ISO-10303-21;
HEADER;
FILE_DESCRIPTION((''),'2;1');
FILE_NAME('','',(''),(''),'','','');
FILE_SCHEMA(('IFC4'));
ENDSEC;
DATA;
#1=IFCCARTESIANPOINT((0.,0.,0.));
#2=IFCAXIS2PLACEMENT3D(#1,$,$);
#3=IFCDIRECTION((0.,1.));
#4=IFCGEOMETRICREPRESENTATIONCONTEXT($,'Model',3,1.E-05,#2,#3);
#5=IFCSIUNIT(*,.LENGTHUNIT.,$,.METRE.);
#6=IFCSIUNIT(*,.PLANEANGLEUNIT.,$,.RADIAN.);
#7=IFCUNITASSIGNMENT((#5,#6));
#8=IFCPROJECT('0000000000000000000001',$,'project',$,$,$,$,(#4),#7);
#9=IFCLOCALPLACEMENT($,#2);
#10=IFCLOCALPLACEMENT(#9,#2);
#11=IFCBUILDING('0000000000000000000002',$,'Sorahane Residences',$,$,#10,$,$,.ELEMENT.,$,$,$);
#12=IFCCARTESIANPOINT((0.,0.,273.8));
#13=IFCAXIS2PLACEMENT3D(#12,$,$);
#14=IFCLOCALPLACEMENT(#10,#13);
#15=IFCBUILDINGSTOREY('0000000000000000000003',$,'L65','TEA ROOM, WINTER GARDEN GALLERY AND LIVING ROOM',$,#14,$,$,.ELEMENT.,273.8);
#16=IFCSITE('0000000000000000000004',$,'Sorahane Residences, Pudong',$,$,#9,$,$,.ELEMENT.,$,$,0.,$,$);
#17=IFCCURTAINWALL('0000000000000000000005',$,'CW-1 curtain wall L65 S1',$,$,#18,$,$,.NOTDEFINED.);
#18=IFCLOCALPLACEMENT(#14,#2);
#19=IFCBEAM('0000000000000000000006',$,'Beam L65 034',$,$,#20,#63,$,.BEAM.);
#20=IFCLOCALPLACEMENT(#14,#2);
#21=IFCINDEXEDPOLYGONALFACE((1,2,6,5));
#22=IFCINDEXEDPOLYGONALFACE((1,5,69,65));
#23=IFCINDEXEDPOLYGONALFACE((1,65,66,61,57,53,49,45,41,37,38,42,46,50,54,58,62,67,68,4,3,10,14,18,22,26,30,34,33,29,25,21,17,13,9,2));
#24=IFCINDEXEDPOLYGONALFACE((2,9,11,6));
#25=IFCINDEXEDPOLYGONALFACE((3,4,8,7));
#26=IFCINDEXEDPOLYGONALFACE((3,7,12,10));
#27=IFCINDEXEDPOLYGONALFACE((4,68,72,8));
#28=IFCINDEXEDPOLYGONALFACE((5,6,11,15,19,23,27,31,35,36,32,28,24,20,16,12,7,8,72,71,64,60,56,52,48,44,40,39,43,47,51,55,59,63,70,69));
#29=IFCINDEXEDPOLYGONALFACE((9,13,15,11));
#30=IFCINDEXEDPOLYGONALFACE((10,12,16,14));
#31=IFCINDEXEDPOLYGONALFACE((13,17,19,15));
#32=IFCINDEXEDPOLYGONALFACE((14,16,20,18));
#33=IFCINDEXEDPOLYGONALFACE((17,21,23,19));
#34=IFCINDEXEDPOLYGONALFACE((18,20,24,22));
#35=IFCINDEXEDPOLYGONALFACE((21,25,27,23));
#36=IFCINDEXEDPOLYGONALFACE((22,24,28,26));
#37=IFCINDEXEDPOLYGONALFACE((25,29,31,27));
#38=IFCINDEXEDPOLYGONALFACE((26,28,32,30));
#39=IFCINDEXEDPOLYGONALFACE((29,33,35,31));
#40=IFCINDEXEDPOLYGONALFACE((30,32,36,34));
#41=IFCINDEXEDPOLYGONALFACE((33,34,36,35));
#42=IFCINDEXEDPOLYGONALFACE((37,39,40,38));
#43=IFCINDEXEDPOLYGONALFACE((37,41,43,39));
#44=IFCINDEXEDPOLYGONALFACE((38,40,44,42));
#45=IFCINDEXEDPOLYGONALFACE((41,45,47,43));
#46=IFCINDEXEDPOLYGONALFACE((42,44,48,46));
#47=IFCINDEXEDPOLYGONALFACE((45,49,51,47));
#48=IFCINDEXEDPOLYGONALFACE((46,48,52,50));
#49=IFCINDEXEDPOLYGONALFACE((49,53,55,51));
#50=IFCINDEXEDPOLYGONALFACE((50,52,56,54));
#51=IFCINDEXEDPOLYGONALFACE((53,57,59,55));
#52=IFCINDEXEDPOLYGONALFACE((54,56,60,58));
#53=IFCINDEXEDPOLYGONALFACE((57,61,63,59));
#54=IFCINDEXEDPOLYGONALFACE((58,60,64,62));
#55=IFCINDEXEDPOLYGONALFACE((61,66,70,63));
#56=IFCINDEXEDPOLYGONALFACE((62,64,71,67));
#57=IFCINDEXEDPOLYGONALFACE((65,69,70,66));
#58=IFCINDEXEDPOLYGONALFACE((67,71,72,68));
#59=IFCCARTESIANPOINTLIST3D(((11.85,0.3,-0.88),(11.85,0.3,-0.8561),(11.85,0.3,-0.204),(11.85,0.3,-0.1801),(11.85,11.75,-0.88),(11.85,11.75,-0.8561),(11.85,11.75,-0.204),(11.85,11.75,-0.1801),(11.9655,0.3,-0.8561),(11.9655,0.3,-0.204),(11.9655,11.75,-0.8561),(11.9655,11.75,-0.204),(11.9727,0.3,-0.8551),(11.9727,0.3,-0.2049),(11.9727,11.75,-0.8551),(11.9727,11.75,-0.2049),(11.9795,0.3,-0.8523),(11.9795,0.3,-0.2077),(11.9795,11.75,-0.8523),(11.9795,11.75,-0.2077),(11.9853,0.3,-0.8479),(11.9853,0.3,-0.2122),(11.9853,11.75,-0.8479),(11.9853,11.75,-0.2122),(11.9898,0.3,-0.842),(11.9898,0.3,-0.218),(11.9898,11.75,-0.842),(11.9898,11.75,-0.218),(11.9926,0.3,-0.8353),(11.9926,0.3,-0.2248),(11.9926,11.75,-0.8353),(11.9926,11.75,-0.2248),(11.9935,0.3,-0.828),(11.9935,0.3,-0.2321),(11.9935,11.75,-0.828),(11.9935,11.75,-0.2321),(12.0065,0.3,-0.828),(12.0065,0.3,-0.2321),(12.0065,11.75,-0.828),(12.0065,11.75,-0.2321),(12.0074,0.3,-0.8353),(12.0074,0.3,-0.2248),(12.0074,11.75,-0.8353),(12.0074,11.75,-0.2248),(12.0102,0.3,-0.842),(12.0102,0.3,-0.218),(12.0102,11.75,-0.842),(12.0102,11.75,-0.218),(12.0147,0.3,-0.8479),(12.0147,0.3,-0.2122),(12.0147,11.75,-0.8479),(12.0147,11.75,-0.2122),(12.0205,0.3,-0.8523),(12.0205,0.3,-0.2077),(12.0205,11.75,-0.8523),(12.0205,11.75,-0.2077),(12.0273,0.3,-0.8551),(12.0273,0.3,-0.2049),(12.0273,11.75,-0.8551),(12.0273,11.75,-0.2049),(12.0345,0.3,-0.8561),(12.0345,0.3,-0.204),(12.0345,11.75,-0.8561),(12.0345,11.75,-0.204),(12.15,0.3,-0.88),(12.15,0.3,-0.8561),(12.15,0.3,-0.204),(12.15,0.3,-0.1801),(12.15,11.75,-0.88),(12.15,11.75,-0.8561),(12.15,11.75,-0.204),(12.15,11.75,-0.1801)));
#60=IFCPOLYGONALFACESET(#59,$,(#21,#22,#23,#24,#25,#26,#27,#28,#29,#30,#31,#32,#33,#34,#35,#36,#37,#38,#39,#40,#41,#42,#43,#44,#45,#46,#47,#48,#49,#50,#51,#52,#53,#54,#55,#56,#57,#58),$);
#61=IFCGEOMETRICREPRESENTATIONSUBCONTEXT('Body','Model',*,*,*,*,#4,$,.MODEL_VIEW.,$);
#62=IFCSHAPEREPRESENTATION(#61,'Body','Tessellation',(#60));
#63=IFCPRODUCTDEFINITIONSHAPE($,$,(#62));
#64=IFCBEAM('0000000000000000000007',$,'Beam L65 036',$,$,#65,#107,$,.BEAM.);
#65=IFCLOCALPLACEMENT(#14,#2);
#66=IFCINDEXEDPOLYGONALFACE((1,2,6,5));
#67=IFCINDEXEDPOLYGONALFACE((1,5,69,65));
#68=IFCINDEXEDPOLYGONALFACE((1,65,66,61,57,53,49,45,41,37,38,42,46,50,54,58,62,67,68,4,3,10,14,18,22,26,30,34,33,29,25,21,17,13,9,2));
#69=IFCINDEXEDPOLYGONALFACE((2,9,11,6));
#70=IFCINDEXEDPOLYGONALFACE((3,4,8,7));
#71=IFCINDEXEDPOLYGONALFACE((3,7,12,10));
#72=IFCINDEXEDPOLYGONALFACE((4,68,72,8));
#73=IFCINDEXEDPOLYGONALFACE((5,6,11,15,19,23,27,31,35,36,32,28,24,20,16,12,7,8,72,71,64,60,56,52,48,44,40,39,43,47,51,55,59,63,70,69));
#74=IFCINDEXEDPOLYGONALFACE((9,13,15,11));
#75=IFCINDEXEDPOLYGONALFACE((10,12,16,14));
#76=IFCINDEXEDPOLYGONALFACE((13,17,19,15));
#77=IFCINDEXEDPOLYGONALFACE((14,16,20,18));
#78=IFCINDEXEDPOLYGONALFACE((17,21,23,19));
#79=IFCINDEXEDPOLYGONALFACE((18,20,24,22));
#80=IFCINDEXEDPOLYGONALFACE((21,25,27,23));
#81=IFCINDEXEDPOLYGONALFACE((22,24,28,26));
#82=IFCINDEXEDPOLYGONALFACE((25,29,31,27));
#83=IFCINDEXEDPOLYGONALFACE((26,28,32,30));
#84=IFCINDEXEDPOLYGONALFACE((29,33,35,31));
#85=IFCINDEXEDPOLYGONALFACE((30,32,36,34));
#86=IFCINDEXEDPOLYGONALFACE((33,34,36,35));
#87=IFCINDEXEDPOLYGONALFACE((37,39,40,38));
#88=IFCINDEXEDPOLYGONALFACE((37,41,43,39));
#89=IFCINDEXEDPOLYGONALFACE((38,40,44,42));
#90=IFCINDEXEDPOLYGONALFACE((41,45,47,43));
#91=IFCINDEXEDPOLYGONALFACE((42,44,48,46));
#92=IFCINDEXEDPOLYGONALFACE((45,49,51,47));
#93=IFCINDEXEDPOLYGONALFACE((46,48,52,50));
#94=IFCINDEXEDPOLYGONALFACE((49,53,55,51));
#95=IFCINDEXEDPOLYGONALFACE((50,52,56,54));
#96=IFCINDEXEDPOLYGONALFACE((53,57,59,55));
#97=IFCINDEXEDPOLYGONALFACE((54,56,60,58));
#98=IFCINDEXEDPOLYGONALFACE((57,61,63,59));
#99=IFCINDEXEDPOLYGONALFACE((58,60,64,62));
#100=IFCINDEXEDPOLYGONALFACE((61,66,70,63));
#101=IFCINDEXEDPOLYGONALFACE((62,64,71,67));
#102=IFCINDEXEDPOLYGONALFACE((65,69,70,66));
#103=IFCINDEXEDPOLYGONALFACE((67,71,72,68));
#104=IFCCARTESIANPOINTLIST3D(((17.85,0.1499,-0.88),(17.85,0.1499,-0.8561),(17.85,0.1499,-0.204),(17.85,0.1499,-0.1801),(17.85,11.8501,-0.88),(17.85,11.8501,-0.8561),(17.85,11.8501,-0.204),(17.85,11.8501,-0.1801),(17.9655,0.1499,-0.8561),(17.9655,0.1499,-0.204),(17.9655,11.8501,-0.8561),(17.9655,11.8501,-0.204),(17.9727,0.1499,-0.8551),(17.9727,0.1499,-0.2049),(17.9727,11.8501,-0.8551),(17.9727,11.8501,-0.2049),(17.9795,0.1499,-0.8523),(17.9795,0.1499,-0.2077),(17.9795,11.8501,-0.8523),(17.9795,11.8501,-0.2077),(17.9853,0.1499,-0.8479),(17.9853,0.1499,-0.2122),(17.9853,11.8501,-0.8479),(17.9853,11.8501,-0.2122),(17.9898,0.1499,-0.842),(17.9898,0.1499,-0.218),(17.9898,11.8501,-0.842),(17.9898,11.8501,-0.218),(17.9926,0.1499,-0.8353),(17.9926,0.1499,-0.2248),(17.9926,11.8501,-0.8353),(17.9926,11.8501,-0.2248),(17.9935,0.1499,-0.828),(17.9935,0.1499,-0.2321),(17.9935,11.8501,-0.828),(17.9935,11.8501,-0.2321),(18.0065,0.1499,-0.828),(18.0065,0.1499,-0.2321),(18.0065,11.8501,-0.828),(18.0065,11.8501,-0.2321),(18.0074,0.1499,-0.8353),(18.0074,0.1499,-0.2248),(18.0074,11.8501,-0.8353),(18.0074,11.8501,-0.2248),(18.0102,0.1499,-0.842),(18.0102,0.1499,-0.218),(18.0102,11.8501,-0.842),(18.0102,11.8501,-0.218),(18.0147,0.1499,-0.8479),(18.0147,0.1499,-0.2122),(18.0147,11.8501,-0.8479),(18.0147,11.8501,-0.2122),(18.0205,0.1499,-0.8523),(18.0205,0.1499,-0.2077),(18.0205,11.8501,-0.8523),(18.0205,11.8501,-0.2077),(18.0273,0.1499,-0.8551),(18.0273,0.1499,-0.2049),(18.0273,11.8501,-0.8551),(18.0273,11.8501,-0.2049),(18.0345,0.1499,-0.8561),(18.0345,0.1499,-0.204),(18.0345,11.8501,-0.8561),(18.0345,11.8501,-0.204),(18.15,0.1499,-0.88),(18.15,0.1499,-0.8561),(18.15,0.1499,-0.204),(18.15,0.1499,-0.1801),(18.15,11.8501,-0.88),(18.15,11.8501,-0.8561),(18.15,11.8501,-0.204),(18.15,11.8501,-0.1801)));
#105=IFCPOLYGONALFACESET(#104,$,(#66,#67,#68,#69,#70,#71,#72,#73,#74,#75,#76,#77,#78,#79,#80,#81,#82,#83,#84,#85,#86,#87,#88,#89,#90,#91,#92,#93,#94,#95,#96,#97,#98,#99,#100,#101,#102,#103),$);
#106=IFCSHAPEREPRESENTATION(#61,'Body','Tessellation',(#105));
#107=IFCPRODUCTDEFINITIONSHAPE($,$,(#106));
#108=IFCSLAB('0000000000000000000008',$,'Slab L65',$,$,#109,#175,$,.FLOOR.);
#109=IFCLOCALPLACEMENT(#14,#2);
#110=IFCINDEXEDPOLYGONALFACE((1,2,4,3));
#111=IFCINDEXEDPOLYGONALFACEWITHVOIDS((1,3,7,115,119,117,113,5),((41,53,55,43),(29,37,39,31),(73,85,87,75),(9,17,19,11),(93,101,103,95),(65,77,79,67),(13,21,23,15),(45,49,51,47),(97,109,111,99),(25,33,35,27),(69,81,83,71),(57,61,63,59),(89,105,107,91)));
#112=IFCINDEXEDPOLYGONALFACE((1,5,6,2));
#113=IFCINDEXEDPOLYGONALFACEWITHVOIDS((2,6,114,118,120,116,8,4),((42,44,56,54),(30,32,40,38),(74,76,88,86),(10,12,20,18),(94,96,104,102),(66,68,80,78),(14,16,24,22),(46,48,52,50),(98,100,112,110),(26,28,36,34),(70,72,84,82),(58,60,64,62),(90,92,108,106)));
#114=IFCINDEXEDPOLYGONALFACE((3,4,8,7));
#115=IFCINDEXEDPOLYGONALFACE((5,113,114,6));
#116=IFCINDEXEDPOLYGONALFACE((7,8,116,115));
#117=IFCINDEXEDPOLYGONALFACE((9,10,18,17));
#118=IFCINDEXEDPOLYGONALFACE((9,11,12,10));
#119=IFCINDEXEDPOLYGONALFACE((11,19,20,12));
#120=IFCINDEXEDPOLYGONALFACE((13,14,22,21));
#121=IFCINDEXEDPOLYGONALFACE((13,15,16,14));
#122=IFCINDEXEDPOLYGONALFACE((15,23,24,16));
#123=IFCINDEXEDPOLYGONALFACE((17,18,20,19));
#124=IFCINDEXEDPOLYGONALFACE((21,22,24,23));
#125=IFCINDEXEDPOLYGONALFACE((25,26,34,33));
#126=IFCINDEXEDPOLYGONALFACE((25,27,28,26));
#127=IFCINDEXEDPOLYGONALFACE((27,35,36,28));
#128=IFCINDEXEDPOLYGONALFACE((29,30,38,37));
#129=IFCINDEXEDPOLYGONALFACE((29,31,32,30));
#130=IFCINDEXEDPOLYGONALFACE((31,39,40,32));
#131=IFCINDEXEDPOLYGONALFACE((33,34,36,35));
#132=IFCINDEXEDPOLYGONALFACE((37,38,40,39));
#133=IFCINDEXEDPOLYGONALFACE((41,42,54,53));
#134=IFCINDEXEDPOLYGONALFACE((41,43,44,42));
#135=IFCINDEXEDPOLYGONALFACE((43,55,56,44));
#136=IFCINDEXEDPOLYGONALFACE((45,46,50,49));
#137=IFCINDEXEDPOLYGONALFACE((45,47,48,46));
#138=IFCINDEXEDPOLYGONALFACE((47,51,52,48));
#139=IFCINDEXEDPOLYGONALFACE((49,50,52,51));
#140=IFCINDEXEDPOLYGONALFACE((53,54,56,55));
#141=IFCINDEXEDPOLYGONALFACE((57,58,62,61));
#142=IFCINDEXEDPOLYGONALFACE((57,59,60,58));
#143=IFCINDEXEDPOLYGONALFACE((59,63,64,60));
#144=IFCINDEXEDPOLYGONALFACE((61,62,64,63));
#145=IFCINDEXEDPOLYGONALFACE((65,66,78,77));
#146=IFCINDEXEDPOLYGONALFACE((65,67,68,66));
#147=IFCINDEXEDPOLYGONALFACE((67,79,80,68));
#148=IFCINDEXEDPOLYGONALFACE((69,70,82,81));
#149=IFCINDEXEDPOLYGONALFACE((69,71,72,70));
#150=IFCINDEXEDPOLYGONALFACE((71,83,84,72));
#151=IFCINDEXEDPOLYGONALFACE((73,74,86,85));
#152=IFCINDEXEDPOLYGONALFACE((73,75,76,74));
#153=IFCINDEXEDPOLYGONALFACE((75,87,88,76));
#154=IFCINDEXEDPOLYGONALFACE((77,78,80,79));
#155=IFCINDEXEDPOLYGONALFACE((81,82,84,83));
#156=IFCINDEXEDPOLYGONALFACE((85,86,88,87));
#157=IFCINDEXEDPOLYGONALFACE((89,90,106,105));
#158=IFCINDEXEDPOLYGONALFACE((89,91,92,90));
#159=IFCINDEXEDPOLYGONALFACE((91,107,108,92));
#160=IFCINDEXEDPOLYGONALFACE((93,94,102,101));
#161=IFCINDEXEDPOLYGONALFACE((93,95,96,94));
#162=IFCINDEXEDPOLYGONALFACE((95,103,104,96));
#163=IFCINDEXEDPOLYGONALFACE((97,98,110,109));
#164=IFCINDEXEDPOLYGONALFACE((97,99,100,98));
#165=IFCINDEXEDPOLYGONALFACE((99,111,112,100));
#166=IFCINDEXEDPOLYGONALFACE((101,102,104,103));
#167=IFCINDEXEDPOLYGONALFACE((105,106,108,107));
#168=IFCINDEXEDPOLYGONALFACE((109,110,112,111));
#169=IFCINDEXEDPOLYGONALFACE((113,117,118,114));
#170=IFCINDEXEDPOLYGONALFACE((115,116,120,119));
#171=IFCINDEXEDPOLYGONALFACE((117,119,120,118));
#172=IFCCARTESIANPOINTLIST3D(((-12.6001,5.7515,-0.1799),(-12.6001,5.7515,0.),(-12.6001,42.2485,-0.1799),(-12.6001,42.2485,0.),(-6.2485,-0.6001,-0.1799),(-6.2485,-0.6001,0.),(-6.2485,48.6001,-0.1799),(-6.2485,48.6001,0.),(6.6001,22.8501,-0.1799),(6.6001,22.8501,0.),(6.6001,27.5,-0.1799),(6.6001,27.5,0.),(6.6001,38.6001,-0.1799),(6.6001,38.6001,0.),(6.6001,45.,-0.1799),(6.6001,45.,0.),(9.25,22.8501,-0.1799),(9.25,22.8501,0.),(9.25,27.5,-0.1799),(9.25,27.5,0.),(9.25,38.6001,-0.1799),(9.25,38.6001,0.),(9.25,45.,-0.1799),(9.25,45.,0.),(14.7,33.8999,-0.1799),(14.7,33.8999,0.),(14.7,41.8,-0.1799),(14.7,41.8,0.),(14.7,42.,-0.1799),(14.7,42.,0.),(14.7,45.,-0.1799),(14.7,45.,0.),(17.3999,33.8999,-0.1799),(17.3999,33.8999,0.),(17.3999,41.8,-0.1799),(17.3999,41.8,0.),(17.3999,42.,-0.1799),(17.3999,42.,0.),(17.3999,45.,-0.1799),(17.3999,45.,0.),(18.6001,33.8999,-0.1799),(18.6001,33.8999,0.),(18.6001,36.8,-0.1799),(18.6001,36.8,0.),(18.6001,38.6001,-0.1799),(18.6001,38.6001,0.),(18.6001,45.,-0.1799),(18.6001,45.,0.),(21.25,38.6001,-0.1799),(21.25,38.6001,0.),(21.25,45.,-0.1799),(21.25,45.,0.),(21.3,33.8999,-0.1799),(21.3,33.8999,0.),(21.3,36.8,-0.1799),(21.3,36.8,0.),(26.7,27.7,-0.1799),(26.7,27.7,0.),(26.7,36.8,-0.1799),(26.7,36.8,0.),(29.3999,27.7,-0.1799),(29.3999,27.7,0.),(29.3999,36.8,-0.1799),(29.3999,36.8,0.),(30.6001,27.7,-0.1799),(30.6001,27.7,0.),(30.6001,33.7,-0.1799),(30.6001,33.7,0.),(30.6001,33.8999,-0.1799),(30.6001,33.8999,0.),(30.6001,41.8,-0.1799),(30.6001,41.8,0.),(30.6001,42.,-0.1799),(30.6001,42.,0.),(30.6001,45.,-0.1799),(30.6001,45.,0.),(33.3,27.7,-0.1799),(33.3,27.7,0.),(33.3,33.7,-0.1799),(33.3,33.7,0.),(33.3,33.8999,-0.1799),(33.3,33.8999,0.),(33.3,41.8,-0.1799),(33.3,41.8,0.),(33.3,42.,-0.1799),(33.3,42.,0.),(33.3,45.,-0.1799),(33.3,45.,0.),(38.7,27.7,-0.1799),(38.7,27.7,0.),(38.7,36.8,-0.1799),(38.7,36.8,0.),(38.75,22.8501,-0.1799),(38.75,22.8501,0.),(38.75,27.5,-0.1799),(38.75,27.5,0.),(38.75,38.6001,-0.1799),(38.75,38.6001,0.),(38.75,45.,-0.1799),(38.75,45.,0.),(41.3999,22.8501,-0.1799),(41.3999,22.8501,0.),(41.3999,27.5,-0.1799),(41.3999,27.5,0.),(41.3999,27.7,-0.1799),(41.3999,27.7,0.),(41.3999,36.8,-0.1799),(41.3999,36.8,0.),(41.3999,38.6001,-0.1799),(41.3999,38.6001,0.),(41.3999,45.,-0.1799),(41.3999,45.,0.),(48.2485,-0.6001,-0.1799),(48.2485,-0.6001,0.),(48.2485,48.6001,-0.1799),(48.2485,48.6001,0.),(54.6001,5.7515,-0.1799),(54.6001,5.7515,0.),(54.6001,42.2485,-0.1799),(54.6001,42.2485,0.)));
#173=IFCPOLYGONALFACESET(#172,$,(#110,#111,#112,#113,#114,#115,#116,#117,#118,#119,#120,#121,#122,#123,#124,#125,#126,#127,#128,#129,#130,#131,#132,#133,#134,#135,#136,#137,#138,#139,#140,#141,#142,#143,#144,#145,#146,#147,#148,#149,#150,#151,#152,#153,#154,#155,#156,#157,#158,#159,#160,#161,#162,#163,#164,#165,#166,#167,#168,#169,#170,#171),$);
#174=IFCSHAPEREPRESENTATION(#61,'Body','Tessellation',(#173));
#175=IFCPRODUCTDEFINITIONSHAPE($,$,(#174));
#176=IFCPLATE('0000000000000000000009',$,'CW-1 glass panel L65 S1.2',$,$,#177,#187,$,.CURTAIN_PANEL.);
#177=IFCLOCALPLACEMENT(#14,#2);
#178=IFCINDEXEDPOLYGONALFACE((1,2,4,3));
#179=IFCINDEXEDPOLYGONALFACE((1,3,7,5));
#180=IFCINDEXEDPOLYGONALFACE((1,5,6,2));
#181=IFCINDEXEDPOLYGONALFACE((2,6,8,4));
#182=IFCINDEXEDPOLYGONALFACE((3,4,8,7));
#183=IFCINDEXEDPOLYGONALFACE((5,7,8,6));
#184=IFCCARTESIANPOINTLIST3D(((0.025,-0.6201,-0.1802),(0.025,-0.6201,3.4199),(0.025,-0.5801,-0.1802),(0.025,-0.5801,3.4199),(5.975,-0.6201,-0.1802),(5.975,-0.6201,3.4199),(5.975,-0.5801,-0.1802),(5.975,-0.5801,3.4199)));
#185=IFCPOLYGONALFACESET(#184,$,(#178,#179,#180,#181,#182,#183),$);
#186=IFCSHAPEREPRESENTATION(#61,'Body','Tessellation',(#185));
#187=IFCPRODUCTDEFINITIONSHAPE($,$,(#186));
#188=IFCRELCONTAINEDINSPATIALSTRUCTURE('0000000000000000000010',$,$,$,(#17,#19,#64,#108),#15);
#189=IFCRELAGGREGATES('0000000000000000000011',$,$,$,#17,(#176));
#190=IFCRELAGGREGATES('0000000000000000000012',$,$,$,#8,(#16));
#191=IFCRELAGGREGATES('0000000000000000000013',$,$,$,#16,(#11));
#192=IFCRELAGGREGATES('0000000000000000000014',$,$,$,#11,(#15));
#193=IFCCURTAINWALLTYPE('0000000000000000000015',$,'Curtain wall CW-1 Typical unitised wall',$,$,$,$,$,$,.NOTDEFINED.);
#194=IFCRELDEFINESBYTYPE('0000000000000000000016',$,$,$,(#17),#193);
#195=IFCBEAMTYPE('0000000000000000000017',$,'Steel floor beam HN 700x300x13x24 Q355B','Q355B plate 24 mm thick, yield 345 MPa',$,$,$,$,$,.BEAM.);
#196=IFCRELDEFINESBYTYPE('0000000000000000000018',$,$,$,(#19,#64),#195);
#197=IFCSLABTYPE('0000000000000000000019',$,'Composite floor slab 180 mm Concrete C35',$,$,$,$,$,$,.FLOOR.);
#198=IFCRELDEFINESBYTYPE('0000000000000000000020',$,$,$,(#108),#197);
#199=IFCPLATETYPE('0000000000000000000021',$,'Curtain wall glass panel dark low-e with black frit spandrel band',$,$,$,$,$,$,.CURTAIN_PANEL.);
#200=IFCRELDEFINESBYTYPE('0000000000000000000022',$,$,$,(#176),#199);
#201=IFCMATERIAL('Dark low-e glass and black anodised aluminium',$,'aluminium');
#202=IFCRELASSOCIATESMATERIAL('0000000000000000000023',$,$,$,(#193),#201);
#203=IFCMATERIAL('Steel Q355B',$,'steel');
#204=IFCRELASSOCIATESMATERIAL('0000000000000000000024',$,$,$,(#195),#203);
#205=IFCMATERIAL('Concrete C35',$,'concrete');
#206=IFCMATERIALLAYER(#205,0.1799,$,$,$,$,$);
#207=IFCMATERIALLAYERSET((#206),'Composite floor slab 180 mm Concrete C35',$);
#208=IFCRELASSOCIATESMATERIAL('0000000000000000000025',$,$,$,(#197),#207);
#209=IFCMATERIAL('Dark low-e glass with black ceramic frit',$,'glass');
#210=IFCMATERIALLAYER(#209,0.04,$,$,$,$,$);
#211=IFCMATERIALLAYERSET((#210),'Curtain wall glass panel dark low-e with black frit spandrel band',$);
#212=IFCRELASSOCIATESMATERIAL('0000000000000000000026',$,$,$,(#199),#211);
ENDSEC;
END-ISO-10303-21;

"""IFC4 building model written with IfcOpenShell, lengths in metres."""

from ifc_helpers import new_model, si_unit, direction, frame, origin, origin_2d, place, context, subcontext, project, spatial, polyline, rectangle, i_section, outline, extrude, material, layer, layer_set, material_profile, profile_set, type_object, element, aggregate, save


model = new_model("IFC4")

# Units and contexts
model_context = context("Model", 3, precision=1e-05, world=origin(), true_north=direction((0.0, 1.0)))
body_context = subcontext(model_context, "Body", "Model", "MODEL_VIEW")
ifc_project = project(units=[si_unit("LENGTHUNIT", "METRE"), si_unit("PLANEANGLEUNIT", "RADIAN")], contexts=[model_context])

# Site, building, storey
site_placement = place(None, origin())
site = spatial("IfcSite", under=ifc_project, at=site_placement, Name="Sorahane Residences, Pudong", CompositionType="ELEMENT", RefElevation=0.0)
building_placement = place(site_placement, origin())
building = spatial("IfcBuilding", under=site, at=building_placement, Name="Sorahane Residences", CompositionType="ELEMENT")
storey_placement = place(building_placement, frame((0.0, 0.0, 273.8)))
storey = spatial("IfcBuildingStorey", under=building, at=storey_placement, Name="L65", Description="TEA ROOM, WINTER GARDEN GALLERY AND LIVING ROOM", CompositionType="ELEMENT", Elevation=273.8)

# Curtain wall
ifc_material_1 = material(Name="Dark low-e glass and black anodised aluminium", Category="aluminium")
curtain_wall_type = type_object("IfcCurtainWallType", Name="Curtain wall CW-1 Typical unitised wall", PredefinedType="NOTDEFINED", material=ifc_material_1)
curtain_wall_placement = place(storey_placement, origin())
curtain_wall = element("IfcCurtainWall", 1, at=curtain_wall_placement, inside=storey, type_object=curtain_wall_type, Name="CW-1 curtain wall L65 S1", PredefinedType="NOTDEFINED")

# Beams
ifc_material_2 = material(Name="Steel Q355B", Category="steel")
ifc_material_profile_1 = material_profile(ifc_material_2, i_section(OverallWidth=0.3, OverallDepth=0.7, WebThickness=0.0129, FlangeThickness=0.0239, FilletRadius=0.0281, at=origin_2d()), Name="HN 700x300x13x24")
ifc_profile_set_1 = profile_set([ifc_material_profile_1], Name="Steel Q355B")
beam_type_1 = type_object("IfcBeamType", Name="Steel floor beam HN 700x300x13x24 Q355B", Description="Q355B plate 24 mm thick, yield 345 MPa", PredefinedType="BEAM", material=ifc_profile_set_1)
beam_1_placement = place(storey_placement, frame((12.0, 0.3, -0.53), z_axis=(0.0, 1.0, 0.0), x_axis=(-1.0, 0.0, 0.0)))
element("IfcBeam", 2, at=beam_1_placement, inside=storey, type_object=beam_type_1, Name="Beam L65 034", PredefinedType="BEAM", context=body_context, shape_type="SweptSolid", body=[
    extrude(i_section(OverallWidth=0.3, OverallDepth=0.7, WebThickness=0.0129, FlangeThickness=0.0239, FilletRadius=0.0281, at=origin_2d()), origin(), (0.0, 0.0, 1.0), 11.45),
])
beam_2_placement = place(storey_placement, frame((18.0, 0.1499, -0.53), z_axis=(0.0, 1.0, 0.0), x_axis=(-1.0, 0.0, 0.0)))
element("IfcBeam", 3, at=beam_2_placement, inside=storey, type_object=beam_type_1, Name="Beam L65 036", PredefinedType="BEAM", context=body_context, shape_type="SweptSolid", body=[
    extrude(i_section(OverallWidth=0.3, OverallDepth=0.7, WebThickness=0.0129, FlangeThickness=0.0239, FilletRadius=0.0281, at=origin_2d()), origin(), (0.0, 0.0, 1.0), 11.7002),
])

# Slab
ifc_material_3 = material(Name="Concrete C35", Category="concrete")
ifc_layer_1 = layer(ifc_material_3, 0.1799)
ifc_layer_set_1 = layer_set([ifc_layer_1], Name="Composite floor slab 180 mm Concrete C35")
slab_type_1 = type_object("IfcSlabType", Name="Composite floor slab 180 mm Concrete C35", PredefinedType="FLOOR", material=ifc_layer_set_1)
slab_1_placement = place(storey_placement, frame((0.0, 0.0, -0.1799)))
element("IfcSlab", 4, at=slab_1_placement, inside=storey, type_object=slab_type_1, Name="Slab L65", PredefinedType="FLOOR", context=body_context, shape_type="SweptSolid", body=[
    extrude(outline(polyline([(-6.2485, -0.6001), (-12.6001, 5.7515), (-12.6001, 42.2485), (-6.2485, 48.6001), (48.2485, 48.6001), (54.6001, 42.2485), (54.6001, 5.7515), (48.2485, -0.6001), (-6.2485, -0.6001)]), holes=[polyline([(38.7, 27.7), (41.3999, 27.7), (41.3999, 36.8), (38.7, 36.8), (38.7, 27.7)]), polyline([(30.6001, 27.7), (33.3, 27.7), (33.3, 33.7), (30.6001, 33.7), (30.6001, 27.7)]), polyline([(30.6001, 42.0), (33.3, 42.0), (33.3, 45.0), (30.6001, 45.0), (30.6001, 42.0)]), polyline([(14.7, 42.0), (17.3999, 42.0), (17.3999, 45.0), (14.7, 45.0), (14.7, 42.0)]), polyline([(9.25, 38.6001), (9.25, 45.0), (6.6001, 45.0), (6.6001, 38.6001), (9.25, 38.6001)]), polyline([(41.3999, 38.6001), (41.3999, 45.0), (38.75, 45.0), (38.75, 38.6001), (41.3999, 38.6001)]), polyline([(21.25, 38.6001), (21.25, 45.0), (18.6001, 45.0), (18.6001, 38.6001), (21.25, 38.6001)]), polyline([(9.25, 22.8501), (9.25, 27.5), (6.6001, 27.5), (6.6001, 22.8501), (9.25, 22.8501)]), polyline([(41.3999, 22.8501), (41.3999, 27.5), (38.75, 27.5), (38.75, 22.8501), (41.3999, 22.8501)]), polyline([(14.7, 33.8999), (17.3999, 33.8999), (17.3999, 41.8), (14.7, 41.8), (14.7, 33.8999)]), polyline([(30.6001, 33.8999), (33.3, 33.8999), (33.3, 41.8), (30.6001, 41.8), (30.6001, 33.8999)]), polyline([(18.6001, 33.8999), (21.3, 33.8999), (21.3, 36.8), (18.6001, 36.8), (18.6001, 33.8999)]), polyline([(26.7, 27.7), (29.3999, 27.7), (29.3999, 36.8), (26.7, 36.8), (26.7, 27.7)])]), origin(), (0.0, 0.0, 1.0), 0.1799),
])

# Plate
ifc_material_4 = material(Name="Dark low-e glass with black ceramic frit", Category="glass")
ifc_layer_2 = layer(ifc_material_4, 0.04)
ifc_layer_set_2 = layer_set([ifc_layer_2], Name="Curtain wall glass panel dark low-e with black frit spandrel band")
plate_type = type_object("IfcPlateType", Name="Curtain wall glass panel dark low-e with black frit spandrel band", PredefinedType="CURTAIN_PANEL", material=ifc_layer_set_2)
plate_1_placement = place(storey_placement, frame((3.0, -0.6001, -0.1802), z_axis=(0.0, 0.0, 1.0), x_axis=(1.0, 0.0, 0.0)))
plate_1 = element("IfcPlate", 5, at=plate_1_placement, type_object=plate_type, Name="CW-1 glass panel L65 S1.2", PredefinedType="CURTAIN_PANEL", context=body_context, shape_type="SweptSolid", body=[
    extrude(rectangle(XDim=5.95, YDim=0.04, at=origin_2d()), origin(), (0.0, 0.0, 1.0), 3.6001),
])
aggregate(curtain_wall, [plate_1])

save(model, "model.ifc")
